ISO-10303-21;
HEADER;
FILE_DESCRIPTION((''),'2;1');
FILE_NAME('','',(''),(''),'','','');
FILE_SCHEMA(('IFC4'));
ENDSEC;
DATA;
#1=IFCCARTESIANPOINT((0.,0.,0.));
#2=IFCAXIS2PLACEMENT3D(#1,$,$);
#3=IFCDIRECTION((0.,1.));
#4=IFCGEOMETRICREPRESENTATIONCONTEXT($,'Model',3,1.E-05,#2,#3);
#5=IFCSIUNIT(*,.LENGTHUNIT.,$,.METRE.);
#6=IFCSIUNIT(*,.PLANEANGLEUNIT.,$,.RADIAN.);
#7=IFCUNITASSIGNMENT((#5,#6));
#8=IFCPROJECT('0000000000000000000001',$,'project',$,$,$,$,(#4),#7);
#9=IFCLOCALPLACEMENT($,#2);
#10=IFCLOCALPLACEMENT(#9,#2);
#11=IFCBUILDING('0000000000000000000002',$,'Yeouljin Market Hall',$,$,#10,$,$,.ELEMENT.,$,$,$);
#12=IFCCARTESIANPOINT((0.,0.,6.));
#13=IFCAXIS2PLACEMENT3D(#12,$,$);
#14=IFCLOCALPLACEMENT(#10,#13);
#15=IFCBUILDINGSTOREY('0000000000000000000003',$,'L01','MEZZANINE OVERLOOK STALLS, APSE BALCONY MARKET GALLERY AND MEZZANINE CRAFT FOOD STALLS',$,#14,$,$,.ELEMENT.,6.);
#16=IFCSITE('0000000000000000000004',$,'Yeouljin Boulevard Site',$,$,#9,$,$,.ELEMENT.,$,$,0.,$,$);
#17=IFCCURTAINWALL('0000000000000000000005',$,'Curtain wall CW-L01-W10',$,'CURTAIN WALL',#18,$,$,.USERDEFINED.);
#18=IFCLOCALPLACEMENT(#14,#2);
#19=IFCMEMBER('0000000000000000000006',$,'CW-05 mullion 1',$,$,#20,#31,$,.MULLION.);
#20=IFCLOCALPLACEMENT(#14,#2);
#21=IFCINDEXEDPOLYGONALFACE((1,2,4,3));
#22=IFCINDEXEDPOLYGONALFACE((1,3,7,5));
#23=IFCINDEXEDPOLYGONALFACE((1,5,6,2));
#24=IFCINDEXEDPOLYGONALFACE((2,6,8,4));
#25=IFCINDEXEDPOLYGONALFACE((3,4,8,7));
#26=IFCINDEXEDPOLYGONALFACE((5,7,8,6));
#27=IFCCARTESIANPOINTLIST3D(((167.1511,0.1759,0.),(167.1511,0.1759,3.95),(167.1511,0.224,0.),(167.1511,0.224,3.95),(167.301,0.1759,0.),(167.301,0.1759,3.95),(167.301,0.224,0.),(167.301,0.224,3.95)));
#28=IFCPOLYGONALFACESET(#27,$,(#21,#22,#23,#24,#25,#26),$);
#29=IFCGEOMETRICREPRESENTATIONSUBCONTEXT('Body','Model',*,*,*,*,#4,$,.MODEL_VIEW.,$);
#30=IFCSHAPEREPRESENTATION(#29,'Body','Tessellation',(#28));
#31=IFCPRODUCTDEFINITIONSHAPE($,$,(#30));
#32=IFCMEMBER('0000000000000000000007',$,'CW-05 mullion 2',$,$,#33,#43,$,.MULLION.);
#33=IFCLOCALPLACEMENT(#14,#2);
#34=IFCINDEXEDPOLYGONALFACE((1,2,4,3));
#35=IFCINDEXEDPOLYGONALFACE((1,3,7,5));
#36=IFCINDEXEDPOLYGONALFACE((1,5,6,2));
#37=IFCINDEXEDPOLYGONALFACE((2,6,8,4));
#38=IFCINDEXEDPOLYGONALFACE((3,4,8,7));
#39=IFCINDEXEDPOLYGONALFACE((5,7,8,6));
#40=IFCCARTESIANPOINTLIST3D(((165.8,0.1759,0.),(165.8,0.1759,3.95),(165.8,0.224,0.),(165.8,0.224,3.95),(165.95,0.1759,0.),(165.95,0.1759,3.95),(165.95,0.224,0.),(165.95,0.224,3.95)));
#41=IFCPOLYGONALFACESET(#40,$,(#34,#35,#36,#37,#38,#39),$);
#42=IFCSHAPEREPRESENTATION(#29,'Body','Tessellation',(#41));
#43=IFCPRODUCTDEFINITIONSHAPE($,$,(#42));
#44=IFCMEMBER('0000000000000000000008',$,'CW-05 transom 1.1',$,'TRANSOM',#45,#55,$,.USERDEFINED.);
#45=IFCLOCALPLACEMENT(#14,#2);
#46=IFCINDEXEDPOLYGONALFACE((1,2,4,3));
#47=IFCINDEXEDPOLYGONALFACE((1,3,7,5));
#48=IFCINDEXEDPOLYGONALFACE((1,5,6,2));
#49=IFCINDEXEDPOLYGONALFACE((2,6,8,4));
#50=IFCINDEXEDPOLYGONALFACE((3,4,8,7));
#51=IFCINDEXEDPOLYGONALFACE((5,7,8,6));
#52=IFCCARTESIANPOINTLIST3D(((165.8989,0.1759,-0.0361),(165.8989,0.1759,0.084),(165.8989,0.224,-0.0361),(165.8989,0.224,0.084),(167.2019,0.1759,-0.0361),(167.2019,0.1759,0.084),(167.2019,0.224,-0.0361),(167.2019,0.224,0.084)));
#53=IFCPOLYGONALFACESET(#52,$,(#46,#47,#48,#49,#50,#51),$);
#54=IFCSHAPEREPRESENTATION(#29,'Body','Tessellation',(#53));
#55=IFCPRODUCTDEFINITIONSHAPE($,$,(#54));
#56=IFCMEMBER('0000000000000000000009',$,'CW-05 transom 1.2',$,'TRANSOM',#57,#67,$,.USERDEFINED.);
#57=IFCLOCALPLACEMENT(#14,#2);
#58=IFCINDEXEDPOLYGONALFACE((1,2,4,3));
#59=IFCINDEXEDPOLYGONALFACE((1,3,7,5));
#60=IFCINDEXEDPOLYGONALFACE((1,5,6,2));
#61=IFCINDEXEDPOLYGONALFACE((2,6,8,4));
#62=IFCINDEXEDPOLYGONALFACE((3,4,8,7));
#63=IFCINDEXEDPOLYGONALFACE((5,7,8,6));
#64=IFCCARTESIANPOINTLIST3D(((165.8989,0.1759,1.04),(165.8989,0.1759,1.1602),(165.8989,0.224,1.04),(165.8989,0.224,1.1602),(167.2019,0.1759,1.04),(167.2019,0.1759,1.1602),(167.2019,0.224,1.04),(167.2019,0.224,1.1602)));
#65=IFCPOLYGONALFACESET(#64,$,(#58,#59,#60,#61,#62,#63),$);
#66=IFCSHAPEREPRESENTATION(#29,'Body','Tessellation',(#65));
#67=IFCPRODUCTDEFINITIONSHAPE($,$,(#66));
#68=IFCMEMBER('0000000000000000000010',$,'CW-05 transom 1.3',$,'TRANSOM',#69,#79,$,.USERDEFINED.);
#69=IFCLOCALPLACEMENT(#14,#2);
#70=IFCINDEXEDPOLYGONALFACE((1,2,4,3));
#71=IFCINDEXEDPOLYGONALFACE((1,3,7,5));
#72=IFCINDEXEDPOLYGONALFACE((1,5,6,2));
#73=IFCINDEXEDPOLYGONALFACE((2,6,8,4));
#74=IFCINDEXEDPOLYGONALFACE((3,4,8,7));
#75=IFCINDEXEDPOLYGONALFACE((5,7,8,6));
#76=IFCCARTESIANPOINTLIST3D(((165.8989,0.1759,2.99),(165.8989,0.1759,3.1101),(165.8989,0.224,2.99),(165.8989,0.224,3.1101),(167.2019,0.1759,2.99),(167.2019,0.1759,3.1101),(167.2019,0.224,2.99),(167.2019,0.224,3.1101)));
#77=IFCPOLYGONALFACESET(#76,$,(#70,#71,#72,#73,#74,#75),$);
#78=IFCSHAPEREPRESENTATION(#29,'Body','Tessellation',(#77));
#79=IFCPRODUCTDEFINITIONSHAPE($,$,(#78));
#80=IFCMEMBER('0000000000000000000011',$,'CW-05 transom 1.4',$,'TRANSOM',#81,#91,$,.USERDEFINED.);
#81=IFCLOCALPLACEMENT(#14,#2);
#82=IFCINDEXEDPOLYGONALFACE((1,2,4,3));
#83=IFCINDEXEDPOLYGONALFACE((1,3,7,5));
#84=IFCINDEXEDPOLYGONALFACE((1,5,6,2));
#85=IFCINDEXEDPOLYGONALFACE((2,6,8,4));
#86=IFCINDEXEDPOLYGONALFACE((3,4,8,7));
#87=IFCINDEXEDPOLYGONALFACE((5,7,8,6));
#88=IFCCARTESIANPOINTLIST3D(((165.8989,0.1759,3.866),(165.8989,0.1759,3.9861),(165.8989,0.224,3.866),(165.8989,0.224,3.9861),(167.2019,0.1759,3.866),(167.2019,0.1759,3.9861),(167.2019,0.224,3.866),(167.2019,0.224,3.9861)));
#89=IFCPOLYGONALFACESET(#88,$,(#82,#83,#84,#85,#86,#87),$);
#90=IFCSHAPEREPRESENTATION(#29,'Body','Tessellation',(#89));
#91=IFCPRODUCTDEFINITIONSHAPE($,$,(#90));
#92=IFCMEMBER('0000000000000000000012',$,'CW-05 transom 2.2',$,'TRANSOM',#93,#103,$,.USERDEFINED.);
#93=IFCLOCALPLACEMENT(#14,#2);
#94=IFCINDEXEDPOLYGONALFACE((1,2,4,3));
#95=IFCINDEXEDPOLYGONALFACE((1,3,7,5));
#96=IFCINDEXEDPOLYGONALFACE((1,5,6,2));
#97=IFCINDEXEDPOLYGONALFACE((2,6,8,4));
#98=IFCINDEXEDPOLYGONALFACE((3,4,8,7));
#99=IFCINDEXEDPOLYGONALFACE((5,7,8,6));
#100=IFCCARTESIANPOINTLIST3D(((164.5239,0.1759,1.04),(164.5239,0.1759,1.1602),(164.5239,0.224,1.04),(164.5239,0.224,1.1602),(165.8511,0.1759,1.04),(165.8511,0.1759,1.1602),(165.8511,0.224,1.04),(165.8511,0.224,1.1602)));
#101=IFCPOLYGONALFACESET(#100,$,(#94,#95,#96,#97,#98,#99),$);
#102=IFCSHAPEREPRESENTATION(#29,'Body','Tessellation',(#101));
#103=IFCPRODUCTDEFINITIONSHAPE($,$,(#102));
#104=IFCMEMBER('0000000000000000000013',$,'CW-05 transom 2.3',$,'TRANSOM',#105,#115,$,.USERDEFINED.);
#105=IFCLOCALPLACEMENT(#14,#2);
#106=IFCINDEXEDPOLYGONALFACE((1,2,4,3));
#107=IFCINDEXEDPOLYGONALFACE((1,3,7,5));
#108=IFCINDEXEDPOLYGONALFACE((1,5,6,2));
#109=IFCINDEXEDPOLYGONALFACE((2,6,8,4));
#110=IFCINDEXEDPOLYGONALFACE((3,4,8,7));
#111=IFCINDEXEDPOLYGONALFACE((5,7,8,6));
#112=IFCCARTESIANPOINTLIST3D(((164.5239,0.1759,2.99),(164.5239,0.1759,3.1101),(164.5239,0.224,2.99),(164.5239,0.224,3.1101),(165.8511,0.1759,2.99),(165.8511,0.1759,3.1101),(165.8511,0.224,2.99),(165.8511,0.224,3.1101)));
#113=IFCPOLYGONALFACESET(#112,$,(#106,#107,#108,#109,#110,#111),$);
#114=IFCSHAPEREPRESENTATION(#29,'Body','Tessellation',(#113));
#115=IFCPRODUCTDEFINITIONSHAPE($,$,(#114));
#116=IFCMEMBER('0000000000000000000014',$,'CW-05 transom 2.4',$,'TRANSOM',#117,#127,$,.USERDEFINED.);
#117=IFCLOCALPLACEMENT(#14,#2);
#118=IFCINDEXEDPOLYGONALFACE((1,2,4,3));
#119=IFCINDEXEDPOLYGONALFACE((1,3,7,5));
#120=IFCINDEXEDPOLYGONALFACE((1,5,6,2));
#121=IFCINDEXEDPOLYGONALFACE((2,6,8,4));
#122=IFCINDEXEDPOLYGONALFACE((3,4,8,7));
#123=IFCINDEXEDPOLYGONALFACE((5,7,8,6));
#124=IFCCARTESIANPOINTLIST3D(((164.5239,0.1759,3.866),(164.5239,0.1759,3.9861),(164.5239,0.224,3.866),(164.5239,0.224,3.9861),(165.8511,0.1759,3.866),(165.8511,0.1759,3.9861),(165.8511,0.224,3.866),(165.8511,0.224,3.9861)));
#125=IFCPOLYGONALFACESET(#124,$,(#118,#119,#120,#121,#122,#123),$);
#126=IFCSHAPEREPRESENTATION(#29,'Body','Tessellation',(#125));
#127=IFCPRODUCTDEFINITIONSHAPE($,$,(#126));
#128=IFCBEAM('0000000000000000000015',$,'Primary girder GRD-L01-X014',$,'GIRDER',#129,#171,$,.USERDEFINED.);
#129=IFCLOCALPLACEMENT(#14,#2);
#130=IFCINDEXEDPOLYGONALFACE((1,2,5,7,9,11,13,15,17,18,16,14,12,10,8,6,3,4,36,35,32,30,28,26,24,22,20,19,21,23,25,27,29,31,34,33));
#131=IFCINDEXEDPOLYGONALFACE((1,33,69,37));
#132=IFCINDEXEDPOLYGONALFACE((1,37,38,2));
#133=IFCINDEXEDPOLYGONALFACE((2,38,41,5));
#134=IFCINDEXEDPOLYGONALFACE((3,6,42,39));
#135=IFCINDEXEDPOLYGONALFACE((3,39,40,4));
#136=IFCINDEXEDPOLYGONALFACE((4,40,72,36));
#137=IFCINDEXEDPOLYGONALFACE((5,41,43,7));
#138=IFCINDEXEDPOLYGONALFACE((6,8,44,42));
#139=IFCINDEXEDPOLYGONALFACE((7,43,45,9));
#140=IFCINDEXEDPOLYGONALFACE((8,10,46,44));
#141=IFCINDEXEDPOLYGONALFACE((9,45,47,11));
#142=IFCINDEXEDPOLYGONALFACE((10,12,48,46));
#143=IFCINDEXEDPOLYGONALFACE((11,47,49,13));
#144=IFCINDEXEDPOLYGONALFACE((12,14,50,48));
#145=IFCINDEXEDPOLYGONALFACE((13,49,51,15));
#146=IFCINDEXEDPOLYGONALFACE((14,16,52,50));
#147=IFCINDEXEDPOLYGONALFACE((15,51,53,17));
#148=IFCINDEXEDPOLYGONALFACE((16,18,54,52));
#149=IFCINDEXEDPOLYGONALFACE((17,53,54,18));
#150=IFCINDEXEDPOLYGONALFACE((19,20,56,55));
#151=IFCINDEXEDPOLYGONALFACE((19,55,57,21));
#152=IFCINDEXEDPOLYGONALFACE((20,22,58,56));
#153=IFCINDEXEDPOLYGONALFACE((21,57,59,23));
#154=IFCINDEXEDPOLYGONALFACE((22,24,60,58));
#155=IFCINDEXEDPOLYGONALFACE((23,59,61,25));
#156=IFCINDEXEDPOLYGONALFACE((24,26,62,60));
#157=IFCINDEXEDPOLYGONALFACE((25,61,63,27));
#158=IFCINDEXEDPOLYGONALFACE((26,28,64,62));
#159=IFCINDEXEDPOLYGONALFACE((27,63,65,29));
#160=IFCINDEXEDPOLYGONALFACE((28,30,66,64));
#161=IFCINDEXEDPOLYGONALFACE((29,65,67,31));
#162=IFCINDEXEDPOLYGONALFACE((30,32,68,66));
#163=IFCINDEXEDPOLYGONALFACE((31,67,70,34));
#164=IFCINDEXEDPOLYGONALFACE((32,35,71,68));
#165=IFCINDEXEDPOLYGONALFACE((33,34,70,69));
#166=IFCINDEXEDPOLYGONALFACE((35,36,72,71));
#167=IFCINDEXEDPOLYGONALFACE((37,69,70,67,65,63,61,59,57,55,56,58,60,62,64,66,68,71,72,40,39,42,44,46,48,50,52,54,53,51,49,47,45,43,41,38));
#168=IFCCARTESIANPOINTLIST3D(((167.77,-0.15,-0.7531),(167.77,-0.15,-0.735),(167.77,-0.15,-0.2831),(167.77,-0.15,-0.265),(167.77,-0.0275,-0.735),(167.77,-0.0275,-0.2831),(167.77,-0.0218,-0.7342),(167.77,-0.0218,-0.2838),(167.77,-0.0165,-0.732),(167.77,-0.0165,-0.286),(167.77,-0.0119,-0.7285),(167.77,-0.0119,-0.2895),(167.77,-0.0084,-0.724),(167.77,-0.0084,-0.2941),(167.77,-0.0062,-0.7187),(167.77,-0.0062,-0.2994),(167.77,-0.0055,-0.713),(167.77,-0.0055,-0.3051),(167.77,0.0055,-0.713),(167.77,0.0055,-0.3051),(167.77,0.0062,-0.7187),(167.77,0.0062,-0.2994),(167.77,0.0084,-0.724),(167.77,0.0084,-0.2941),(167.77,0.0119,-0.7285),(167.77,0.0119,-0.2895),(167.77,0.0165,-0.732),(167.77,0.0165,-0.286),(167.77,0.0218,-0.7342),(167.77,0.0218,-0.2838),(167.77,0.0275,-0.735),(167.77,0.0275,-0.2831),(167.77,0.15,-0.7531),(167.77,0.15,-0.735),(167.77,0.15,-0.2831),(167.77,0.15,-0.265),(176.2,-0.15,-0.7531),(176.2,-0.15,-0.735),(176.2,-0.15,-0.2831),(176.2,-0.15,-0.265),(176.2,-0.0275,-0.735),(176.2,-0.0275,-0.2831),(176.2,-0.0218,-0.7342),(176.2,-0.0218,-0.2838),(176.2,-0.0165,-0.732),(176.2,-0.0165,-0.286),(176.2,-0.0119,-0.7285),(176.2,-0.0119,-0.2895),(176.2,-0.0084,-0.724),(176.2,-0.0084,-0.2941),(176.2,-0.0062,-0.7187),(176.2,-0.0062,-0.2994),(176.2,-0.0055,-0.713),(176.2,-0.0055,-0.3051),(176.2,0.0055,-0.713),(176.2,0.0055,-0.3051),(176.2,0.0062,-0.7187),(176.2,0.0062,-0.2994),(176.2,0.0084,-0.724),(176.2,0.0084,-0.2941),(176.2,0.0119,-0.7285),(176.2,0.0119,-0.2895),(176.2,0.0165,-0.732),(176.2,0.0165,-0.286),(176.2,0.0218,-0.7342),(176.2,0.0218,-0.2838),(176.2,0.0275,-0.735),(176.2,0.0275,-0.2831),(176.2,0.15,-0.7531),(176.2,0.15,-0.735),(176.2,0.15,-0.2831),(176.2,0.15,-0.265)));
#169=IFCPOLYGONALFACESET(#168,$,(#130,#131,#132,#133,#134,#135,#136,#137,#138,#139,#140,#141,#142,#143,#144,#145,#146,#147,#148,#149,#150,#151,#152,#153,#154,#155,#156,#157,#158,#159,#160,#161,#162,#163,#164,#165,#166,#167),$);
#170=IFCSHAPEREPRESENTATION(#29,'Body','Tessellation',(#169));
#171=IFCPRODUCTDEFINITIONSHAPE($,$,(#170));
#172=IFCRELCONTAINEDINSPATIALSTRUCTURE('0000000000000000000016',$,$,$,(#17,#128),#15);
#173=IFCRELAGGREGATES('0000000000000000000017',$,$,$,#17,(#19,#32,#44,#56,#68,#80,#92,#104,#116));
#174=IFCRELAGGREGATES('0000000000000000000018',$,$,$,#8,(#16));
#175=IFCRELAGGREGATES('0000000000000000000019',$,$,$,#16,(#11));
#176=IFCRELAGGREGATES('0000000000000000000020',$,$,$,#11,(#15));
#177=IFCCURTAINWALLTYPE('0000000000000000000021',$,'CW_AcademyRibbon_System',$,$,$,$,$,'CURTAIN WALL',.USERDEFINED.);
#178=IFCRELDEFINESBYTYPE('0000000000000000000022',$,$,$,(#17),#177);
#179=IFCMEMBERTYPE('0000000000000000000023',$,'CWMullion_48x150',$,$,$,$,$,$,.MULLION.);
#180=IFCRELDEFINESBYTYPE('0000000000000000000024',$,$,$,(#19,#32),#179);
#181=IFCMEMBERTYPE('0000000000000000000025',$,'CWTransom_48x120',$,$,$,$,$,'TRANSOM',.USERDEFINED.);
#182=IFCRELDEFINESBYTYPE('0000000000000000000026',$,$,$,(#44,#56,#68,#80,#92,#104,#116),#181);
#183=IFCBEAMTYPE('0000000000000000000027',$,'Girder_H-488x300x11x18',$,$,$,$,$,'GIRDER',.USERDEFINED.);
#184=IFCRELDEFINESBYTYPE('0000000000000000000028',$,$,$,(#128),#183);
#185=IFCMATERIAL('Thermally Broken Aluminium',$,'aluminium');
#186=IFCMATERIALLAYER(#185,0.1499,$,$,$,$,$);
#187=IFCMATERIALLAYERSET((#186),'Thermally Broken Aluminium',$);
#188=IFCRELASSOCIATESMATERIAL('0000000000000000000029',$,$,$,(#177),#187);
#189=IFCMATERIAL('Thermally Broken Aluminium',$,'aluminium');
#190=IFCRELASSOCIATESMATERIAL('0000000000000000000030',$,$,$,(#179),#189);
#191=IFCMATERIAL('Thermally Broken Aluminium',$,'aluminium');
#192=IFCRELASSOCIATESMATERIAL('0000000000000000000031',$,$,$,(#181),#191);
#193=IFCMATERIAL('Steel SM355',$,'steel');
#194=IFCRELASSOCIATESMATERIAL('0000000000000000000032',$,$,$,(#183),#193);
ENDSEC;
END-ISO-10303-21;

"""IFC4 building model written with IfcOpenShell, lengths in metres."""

from ifc_helpers import new_model, si_unit, direction, frame, origin, origin_2d, place, context, subcontext, project, spatial, rectangle, i_section, extrude, material, layer, layer_set, material_profile, profile_set, type_object, element, aggregate, save


model = new_model("IFC4")

# Units and contexts
model_context = context("Model", 3, precision=1e-05, world=origin(), true_north=direction((0.0, 1.0)))
body_context = subcontext(model_context, "Body", "Model", "MODEL_VIEW")
ifc_project = project(units=[si_unit("LENGTHUNIT", "METRE"), si_unit("PLANEANGLEUNIT", "RADIAN")], contexts=[model_context])

# Site, building, storey
site_placement = place(None, origin())
site = spatial("IfcSite", under=ifc_project, at=site_placement, Name="Yeouljin Boulevard Site", CompositionType="ELEMENT", RefElevation=0.0)
building_placement = place(site_placement, origin())
building = spatial("IfcBuilding", under=site, at=building_placement, Name="Yeouljin Market Hall", CompositionType="ELEMENT")
storey_placement = place(building_placement, frame((0.0, 0.0, 6.0)))
storey = spatial("IfcBuildingStorey", under=building, at=storey_placement, Name="L01", Description="MEZZANINE OVERLOOK STALLS, APSE BALCONY MARKET GALLERY AND MEZZANINE CRAFT FOOD STALLS", CompositionType="ELEMENT", Elevation=6.0)

# Curtain wall, members
ifc_material_1 = material(Name="Thermally Broken Aluminium", Category="aluminium")
ifc_layer_1 = layer(ifc_material_1, 0.1499)
ifc_layer_set_1 = layer_set([ifc_layer_1], Name="Thermally Broken Aluminium")
curtain_wall_type = type_object("IfcCurtainWallType", Name="CW_AcademyRibbon_System", ElementType="CURTAIN WALL", PredefinedType="USERDEFINED", material=ifc_layer_set_1)
curtain_wall_placement = place(storey_placement, origin())
curtain_wall = element("IfcCurtainWall", 1, at=curtain_wall_placement, inside=storey, type_object=curtain_wall_type, Name="Curtain wall CW-L01-W10", ObjectType="CURTAIN WALL", PredefinedType="USERDEFINED")
ifc_material_2 = material(Name="Thermally Broken Aluminium", Category="aluminium")
ifc_material_profile_1 = material_profile(ifc_material_2, rectangle(XDim=0.0481, YDim=0.1499, at=origin_2d()), Name="CW-MULL-48x150")
ifc_profile_set_1 = profile_set([ifc_material_profile_1], Name="Thermally Broken Aluminium")
member_type_1 = type_object("IfcMemberType", Name="CWMullion_48x150", PredefinedType="MULLION", material=ifc_profile_set_1)
member_1_placement = place(storey_placement, frame((167.2261, 0.2, 0.0), z_axis=(0.0, 0.0, 1.0), x_axis=(0.0, -1.0, 0.0)))
member_1 = element("IfcMember", 2, at=member_1_placement, type_object=member_type_1, Name="CW-05 mullion 1", PredefinedType="MULLION", context=body_context, shape_type="SweptSolid", body=[
    extrude(rectangle(XDim=0.0481, YDim=0.1499, at=origin_2d()), origin(), (0.0, 0.0, 1.0), 3.95),
])
member_2_placement = place(storey_placement, frame((165.875, 0.2, 0.0), z_axis=(0.0, 0.0, 1.0), x_axis=(0.0, -1.0, 0.0)))
member_2 = element("IfcMember", 3, at=member_2_placement, type_object=member_type_1, Name="CW-05 mullion 2", PredefinedType="MULLION", context=body_context, shape_type="SweptSolid", body=[
    extrude(rectangle(XDim=0.0481, YDim=0.1499, at=origin_2d()), origin(), (0.0, 0.0, 1.0), 3.95),
])
ifc_material_3 = material(Name="Thermally Broken Aluminium", Category="aluminium")
ifc_material_profile_2 = material_profile(ifc_material_3, rectangle(XDim=0.0481, YDim=0.1201, at=origin_2d()), Name="CW-TRAN-48x120")
ifc_profile_set_2 = profile_set([ifc_material_profile_2], Name="Thermally Broken Aluminium")
member_type_2 = type_object("IfcMemberType", Name="CWTransom_48x120", ElementType="TRANSOM", PredefinedType="USERDEFINED", material=ifc_profile_set_2)
member_3_placement = place(storey_placement, frame((167.2019, 0.2, 0.0239), z_axis=(-1.0, 0.0, 0.0), x_axis=(0.0, -1.0, 0.0)))
member_3 = element("IfcMember", 4, at=member_3_placement, type_object=member_type_2, Name="CW-05 transom 1.1", ObjectType="TRANSOM", PredefinedType="USERDEFINED", context=body_context, shape_type="SweptSolid", body=[
    extrude(rectangle(XDim=0.0481, YDim=0.1201, at=origin_2d()), origin(), (0.0, 0.0, 1.0), 1.303),
])
member_4_placement = place(storey_placement, frame((167.2019, 0.2, 1.1001), z_axis=(-1.0, 0.0, 0.0), x_axis=(0.0, -1.0, 0.0)))
member_4 = element("IfcMember", 5, at=member_4_placement, type_object=member_type_2, Name="CW-05 transom 1.2", ObjectType="TRANSOM", PredefinedType="USERDEFINED", context=body_context, shape_type="SweptSolid", body=[
    extrude(rectangle(XDim=0.0481, YDim=0.1201, at=origin_2d()), origin(), (0.0, 0.0, 1.0), 1.303),
])
member_5_placement = place(storey_placement, frame((167.2019, 0.2, 3.05), z_axis=(-1.0, 0.0, 0.0), x_axis=(0.0, -1.0, 0.0)))
member_5 = element("IfcMember", 6, at=member_5_placement, type_object=member_type_2, Name="CW-05 transom 1.3", ObjectType="TRANSOM", PredefinedType="USERDEFINED", context=body_context, shape_type="SweptSolid", body=[
    extrude(rectangle(XDim=0.0481, YDim=0.1201, at=origin_2d()), origin(), (0.0, 0.0, 1.0), 1.303),
])
member_6_placement = place(storey_placement, frame((167.2019, 0.2, 3.926), z_axis=(-1.0, 0.0, 0.0), x_axis=(0.0, -1.0, 0.0)))
member_6 = element("IfcMember", 7, at=member_6_placement, type_object=member_type_2, Name="CW-05 transom 1.4", ObjectType="TRANSOM", PredefinedType="USERDEFINED", context=body_context, shape_type="SweptSolid", body=[
    extrude(rectangle(XDim=0.0481, YDim=0.1201, at=origin_2d()), origin(), (0.0, 0.0, 1.0), 1.303),
])
member_7_placement = place(storey_placement, frame((165.8511, 0.2, 1.1001), z_axis=(-1.0, 0.0, 0.0), x_axis=(0.0, -1.0, 0.0)))
member_7 = element("IfcMember", 8, at=member_7_placement, type_object=member_type_2, Name="CW-05 transom 2.2", ObjectType="TRANSOM", PredefinedType="USERDEFINED", context=body_context, shape_type="SweptSolid", body=[
    extrude(rectangle(XDim=0.0481, YDim=0.1201, at=origin_2d()), origin(), (0.0, 0.0, 1.0), 1.3271),
])
member_8_placement = place(storey_placement, frame((165.8511, 0.2, 3.05), z_axis=(-1.0, 0.0, 0.0), x_axis=(0.0, -1.0, 0.0)))
member_8 = element("IfcMember", 9, at=member_8_placement, type_object=member_type_2, Name="CW-05 transom 2.3", ObjectType="TRANSOM", PredefinedType="USERDEFINED", context=body_context, shape_type="SweptSolid", body=[
    extrude(rectangle(XDim=0.0481, YDim=0.1201, at=origin_2d()), origin(), (0.0, 0.0, 1.0), 1.3271),
])
member_9_placement = place(storey_placement, frame((165.8511, 0.2, 3.926), z_axis=(-1.0, 0.0, 0.0), x_axis=(0.0, -1.0, 0.0)))
member_9 = element("IfcMember", 10, at=member_9_placement, type_object=member_type_2, Name="CW-05 transom 2.4", ObjectType="TRANSOM", PredefinedType="USERDEFINED", context=body_context, shape_type="SweptSolid", body=[
    extrude(rectangle(XDim=0.0481, YDim=0.1201, at=origin_2d()), origin(), (0.0, 0.0, 1.0), 1.3271),
])

# Beam
ifc_material_4 = material(Name="Steel SM355", Category="steel")
ifc_material_profile_3 = material_profile(ifc_material_4, i_section(OverallWidth=0.3, OverallDepth=0.488, WebThickness=0.011, FlangeThickness=0.0181, FilletRadius=0.022, at=origin_2d()), Name="H-488x300x11x18")
ifc_profile_set_3 = profile_set([ifc_material_profile_3], Name="Steel SM355")
beam_type_1 = type_object("IfcBeamType", Name="Girder_H-488x300x11x18", ElementType="GIRDER", PredefinedType="USERDEFINED", material=ifc_profile_set_3)
beam_1_placement = place(storey_placement, frame((167.77, 0.0, -0.509), z_axis=(1.0, 0.0, 0.0), x_axis=(0.0, 1.0, 0.0)))
element("IfcBeam", 11, at=beam_1_placement, inside=storey, type_object=beam_type_1, Name="Primary girder GRD-L01-X014", ObjectType="GIRDER", PredefinedType="USERDEFINED", context=body_context, shape_type="SweptSolid", body=[
    extrude(i_section(OverallWidth=0.3, OverallDepth=0.488, WebThickness=0.011, FlangeThickness=0.0181, FilletRadius=0.022, at=origin_2d()), origin(), (0.0, 0.0, 1.0), 8.4299),
])

aggregate(curtain_wall, [member_1, member_2, member_3, member_4, member_5, member_6, member_7, member_8, member_9])

save(model, "model.ifc")
